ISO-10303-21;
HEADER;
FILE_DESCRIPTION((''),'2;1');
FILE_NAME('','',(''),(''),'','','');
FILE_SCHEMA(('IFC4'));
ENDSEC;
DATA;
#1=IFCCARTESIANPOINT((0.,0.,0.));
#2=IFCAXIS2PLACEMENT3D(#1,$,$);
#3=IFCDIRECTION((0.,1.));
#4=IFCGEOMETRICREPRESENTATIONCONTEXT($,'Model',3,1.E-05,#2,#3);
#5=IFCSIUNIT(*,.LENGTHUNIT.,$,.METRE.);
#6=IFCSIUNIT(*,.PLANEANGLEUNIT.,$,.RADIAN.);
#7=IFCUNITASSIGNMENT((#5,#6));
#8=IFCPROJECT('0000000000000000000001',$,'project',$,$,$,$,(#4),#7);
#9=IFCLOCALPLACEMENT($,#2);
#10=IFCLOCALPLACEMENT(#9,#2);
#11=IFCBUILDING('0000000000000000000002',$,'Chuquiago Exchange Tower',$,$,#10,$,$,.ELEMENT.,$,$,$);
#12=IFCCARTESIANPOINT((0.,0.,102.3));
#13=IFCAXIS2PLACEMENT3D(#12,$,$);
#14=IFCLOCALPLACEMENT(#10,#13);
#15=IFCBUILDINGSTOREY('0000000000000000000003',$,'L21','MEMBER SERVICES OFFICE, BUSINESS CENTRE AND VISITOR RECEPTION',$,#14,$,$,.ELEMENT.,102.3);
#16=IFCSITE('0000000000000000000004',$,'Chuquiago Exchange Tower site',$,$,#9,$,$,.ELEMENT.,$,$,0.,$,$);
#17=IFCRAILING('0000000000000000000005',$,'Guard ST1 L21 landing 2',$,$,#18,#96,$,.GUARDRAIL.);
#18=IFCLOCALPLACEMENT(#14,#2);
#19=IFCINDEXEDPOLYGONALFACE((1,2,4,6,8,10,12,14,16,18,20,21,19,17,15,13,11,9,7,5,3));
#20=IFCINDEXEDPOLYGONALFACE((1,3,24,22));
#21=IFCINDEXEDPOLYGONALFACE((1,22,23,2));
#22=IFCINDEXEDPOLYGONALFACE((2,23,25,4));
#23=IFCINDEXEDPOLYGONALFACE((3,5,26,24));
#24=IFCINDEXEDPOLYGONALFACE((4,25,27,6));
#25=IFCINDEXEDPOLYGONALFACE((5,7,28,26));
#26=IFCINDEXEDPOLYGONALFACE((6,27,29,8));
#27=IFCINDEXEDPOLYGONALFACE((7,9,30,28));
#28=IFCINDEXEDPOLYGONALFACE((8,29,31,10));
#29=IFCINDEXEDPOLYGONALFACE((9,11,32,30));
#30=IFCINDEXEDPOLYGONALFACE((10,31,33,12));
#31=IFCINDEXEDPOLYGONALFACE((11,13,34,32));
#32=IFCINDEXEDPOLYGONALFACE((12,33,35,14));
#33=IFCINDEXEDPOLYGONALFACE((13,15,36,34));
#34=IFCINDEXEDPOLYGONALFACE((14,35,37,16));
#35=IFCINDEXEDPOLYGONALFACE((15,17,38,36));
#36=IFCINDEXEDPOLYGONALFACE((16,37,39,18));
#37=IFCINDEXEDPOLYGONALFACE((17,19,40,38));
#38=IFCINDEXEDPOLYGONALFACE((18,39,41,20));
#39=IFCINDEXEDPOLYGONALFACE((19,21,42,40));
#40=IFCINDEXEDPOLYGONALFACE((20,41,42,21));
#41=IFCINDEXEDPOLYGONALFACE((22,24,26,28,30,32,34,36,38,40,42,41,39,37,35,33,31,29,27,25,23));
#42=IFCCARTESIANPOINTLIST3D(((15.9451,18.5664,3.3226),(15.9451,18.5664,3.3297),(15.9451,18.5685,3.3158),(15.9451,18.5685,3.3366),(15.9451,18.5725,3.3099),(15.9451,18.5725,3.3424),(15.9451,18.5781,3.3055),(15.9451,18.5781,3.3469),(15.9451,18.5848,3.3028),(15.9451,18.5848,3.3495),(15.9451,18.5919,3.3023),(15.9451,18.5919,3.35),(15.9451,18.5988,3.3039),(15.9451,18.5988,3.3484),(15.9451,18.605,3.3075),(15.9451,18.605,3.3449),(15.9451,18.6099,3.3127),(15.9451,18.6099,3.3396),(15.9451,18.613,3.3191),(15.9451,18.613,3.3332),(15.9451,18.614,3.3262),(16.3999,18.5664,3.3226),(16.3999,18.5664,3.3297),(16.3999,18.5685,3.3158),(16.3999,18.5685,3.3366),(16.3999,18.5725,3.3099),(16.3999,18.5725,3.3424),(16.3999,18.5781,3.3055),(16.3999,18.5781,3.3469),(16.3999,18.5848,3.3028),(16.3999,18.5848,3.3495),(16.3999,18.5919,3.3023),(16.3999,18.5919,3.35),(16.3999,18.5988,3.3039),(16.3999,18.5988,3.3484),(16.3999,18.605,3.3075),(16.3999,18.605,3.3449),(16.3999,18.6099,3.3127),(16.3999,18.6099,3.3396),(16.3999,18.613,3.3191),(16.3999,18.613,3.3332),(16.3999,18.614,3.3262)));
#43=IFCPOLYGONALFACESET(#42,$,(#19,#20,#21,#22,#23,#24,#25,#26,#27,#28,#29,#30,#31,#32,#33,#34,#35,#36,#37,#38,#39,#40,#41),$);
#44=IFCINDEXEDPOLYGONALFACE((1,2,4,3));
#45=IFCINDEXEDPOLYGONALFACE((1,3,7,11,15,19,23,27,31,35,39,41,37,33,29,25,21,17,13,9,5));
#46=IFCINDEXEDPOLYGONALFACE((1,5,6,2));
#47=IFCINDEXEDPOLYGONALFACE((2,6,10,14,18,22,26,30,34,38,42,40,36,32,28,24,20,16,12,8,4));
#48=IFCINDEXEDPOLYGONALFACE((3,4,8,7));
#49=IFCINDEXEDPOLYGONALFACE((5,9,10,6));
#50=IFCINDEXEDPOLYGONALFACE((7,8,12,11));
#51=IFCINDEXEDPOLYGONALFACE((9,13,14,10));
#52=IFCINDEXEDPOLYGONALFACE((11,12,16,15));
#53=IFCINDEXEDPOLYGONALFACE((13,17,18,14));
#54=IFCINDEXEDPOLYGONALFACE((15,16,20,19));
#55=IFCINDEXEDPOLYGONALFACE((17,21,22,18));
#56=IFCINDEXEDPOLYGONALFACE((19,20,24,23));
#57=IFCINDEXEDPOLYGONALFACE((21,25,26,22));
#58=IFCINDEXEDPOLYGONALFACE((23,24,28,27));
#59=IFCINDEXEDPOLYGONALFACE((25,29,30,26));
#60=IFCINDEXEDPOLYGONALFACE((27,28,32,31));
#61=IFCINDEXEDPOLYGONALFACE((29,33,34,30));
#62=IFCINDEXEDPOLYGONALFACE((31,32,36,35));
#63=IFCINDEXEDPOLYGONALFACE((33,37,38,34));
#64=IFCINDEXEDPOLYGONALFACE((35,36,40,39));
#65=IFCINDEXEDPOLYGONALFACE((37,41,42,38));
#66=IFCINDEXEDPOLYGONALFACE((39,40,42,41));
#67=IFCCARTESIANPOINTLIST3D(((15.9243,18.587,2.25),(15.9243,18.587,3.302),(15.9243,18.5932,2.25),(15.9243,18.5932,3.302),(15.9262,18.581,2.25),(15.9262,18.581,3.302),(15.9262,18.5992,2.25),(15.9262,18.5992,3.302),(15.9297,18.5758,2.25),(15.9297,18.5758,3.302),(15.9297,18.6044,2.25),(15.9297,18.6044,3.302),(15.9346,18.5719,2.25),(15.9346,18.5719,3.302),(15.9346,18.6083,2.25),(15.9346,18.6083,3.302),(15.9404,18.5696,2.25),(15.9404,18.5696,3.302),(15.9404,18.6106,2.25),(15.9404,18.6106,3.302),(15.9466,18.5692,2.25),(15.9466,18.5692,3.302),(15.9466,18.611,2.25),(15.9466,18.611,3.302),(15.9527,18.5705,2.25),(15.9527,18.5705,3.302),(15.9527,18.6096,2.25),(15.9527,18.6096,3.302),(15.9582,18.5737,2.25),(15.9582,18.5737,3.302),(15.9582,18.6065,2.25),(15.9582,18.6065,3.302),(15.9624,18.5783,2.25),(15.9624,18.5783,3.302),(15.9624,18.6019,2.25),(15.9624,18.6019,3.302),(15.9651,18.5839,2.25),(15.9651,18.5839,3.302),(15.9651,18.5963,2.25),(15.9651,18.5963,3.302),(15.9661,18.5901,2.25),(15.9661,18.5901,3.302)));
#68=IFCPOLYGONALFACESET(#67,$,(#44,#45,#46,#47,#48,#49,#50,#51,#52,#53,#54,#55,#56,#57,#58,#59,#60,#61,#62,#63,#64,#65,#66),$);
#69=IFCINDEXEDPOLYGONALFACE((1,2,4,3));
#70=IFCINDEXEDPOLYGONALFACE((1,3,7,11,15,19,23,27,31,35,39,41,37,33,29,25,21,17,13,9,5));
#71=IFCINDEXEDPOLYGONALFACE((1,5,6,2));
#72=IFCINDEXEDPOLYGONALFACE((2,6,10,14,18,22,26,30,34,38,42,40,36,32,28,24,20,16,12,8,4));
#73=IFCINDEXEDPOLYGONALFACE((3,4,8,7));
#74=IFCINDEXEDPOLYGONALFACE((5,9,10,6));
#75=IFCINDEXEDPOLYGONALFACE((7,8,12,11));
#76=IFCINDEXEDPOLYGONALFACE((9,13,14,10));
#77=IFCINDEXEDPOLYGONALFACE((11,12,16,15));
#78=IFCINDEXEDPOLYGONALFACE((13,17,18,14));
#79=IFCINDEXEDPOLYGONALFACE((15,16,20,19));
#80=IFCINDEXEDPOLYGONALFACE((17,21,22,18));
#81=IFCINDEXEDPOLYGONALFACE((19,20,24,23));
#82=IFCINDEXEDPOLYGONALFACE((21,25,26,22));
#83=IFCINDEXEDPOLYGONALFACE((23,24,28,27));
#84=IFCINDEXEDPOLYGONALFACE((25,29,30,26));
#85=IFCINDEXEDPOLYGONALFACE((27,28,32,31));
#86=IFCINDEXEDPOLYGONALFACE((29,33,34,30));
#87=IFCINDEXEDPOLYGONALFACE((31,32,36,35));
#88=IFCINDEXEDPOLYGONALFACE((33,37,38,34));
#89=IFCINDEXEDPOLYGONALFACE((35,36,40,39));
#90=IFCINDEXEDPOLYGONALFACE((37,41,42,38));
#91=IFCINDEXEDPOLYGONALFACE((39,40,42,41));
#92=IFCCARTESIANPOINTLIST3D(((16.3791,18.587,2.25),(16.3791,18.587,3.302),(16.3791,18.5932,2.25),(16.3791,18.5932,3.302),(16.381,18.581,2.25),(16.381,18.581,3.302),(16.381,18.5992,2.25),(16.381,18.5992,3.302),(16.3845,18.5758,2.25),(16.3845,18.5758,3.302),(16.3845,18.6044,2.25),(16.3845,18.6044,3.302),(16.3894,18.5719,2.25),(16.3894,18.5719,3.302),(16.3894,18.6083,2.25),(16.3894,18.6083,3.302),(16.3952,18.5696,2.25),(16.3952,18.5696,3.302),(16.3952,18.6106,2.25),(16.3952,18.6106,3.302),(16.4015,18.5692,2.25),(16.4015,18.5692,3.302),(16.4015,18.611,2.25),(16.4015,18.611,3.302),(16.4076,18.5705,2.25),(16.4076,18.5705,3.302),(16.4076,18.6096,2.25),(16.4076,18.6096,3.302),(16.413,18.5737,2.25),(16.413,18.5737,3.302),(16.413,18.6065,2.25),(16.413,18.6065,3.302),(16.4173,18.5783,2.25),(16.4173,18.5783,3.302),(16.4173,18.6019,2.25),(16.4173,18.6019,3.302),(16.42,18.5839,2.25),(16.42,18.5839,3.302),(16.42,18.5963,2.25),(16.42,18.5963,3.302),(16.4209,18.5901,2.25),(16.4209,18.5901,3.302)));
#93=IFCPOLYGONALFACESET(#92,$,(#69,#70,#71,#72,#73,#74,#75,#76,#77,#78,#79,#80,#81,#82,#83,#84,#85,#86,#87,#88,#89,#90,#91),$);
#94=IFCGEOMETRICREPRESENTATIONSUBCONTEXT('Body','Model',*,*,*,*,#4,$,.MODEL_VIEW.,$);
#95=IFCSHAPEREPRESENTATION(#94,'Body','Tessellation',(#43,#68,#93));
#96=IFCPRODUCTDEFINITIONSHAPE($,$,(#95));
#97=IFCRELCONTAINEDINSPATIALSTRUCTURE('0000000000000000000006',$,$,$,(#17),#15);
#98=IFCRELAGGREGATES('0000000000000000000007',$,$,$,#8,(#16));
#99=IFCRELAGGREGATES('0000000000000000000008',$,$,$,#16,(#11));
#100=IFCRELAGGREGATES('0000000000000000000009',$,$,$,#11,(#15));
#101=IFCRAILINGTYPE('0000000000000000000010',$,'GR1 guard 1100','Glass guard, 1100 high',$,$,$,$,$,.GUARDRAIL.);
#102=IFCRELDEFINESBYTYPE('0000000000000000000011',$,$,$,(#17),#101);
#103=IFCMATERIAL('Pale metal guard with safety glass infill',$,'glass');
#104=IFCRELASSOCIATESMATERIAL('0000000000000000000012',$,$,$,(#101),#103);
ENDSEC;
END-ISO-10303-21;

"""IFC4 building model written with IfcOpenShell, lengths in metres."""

from ifc_helpers import new_model, si_unit, direction, frame, origin, origin_2d, place, context, subcontext, project, spatial, circle, extrude, material, type_object, element, save


model = new_model("IFC4")

# Units and contexts
model_context = context("Model", 3, precision=1e-05, world=origin(), true_north=direction((0.0, 1.0)))
body_context = subcontext(model_context, "Body", "Model", "MODEL_VIEW")
ifc_project = project(units=[si_unit("LENGTHUNIT", "METRE"), si_unit("PLANEANGLEUNIT", "RADIAN")], contexts=[model_context])

# Site, building, storey
site_placement = place(None, origin())
site = spatial("IfcSite", under=ifc_project, at=site_placement, Name="Chuquiago Exchange Tower site", CompositionType="ELEMENT", RefElevation=0.0)
building_placement = place(site_placement, origin())
building = spatial("IfcBuilding", under=site, at=building_placement, Name="Chuquiago Exchange Tower", CompositionType="ELEMENT")
storey_placement = place(building_placement, frame((0.0, 0.0, 102.3)))
storey = spatial("IfcBuildingStorey", under=building, at=storey_placement, Name="L21", Description="MEMBER SERVICES OFFICE, BUSINESS CENTRE AND VISITOR RECEPTION", CompositionType="ELEMENT", Elevation=102.3)

# Railing
ifc_material_1 = material(Name="Pale metal guard with safety glass infill", Category="glass")
railing_type_1 = type_object("IfcRailingType", Name="GR1 guard 1100", Description="Glass guard, 1100 high", PredefinedType="GUARDRAIL", material=ifc_material_1)
for number, where, name in (
    (1, (15.9451, 18.5901, 2.25), "Guard ST1 L21 landing 2"),
):
    element("IfcRailing", number, at=place(storey_placement, frame(where)), inside=storey, type_object=railing_type_1, Name=name, PredefinedType="GUARDRAIL", context=body_context, shape_type="SweptSolid", body=[
        extrude(circle(Radius=0.0239, at=origin_2d()), frame((0.0, 0.0, 1.0762), z_axis=(1.0, 0.0, 0.0), x_axis=(0.0, 1.0, 0.0)), (0.0, 0.0, 1.0), 0.4548),
        extrude(circle(Radius=0.021, at=origin_2d()), origin(), (0.0, 0.0, 1.0), 1.052),
        extrude(circle(Radius=0.021, at=origin_2d()), frame((0.4548, 0.0, 0.0)), (0.0, 0.0, 1.0), 1.052),
    ])

save(model, "model.ifc")
